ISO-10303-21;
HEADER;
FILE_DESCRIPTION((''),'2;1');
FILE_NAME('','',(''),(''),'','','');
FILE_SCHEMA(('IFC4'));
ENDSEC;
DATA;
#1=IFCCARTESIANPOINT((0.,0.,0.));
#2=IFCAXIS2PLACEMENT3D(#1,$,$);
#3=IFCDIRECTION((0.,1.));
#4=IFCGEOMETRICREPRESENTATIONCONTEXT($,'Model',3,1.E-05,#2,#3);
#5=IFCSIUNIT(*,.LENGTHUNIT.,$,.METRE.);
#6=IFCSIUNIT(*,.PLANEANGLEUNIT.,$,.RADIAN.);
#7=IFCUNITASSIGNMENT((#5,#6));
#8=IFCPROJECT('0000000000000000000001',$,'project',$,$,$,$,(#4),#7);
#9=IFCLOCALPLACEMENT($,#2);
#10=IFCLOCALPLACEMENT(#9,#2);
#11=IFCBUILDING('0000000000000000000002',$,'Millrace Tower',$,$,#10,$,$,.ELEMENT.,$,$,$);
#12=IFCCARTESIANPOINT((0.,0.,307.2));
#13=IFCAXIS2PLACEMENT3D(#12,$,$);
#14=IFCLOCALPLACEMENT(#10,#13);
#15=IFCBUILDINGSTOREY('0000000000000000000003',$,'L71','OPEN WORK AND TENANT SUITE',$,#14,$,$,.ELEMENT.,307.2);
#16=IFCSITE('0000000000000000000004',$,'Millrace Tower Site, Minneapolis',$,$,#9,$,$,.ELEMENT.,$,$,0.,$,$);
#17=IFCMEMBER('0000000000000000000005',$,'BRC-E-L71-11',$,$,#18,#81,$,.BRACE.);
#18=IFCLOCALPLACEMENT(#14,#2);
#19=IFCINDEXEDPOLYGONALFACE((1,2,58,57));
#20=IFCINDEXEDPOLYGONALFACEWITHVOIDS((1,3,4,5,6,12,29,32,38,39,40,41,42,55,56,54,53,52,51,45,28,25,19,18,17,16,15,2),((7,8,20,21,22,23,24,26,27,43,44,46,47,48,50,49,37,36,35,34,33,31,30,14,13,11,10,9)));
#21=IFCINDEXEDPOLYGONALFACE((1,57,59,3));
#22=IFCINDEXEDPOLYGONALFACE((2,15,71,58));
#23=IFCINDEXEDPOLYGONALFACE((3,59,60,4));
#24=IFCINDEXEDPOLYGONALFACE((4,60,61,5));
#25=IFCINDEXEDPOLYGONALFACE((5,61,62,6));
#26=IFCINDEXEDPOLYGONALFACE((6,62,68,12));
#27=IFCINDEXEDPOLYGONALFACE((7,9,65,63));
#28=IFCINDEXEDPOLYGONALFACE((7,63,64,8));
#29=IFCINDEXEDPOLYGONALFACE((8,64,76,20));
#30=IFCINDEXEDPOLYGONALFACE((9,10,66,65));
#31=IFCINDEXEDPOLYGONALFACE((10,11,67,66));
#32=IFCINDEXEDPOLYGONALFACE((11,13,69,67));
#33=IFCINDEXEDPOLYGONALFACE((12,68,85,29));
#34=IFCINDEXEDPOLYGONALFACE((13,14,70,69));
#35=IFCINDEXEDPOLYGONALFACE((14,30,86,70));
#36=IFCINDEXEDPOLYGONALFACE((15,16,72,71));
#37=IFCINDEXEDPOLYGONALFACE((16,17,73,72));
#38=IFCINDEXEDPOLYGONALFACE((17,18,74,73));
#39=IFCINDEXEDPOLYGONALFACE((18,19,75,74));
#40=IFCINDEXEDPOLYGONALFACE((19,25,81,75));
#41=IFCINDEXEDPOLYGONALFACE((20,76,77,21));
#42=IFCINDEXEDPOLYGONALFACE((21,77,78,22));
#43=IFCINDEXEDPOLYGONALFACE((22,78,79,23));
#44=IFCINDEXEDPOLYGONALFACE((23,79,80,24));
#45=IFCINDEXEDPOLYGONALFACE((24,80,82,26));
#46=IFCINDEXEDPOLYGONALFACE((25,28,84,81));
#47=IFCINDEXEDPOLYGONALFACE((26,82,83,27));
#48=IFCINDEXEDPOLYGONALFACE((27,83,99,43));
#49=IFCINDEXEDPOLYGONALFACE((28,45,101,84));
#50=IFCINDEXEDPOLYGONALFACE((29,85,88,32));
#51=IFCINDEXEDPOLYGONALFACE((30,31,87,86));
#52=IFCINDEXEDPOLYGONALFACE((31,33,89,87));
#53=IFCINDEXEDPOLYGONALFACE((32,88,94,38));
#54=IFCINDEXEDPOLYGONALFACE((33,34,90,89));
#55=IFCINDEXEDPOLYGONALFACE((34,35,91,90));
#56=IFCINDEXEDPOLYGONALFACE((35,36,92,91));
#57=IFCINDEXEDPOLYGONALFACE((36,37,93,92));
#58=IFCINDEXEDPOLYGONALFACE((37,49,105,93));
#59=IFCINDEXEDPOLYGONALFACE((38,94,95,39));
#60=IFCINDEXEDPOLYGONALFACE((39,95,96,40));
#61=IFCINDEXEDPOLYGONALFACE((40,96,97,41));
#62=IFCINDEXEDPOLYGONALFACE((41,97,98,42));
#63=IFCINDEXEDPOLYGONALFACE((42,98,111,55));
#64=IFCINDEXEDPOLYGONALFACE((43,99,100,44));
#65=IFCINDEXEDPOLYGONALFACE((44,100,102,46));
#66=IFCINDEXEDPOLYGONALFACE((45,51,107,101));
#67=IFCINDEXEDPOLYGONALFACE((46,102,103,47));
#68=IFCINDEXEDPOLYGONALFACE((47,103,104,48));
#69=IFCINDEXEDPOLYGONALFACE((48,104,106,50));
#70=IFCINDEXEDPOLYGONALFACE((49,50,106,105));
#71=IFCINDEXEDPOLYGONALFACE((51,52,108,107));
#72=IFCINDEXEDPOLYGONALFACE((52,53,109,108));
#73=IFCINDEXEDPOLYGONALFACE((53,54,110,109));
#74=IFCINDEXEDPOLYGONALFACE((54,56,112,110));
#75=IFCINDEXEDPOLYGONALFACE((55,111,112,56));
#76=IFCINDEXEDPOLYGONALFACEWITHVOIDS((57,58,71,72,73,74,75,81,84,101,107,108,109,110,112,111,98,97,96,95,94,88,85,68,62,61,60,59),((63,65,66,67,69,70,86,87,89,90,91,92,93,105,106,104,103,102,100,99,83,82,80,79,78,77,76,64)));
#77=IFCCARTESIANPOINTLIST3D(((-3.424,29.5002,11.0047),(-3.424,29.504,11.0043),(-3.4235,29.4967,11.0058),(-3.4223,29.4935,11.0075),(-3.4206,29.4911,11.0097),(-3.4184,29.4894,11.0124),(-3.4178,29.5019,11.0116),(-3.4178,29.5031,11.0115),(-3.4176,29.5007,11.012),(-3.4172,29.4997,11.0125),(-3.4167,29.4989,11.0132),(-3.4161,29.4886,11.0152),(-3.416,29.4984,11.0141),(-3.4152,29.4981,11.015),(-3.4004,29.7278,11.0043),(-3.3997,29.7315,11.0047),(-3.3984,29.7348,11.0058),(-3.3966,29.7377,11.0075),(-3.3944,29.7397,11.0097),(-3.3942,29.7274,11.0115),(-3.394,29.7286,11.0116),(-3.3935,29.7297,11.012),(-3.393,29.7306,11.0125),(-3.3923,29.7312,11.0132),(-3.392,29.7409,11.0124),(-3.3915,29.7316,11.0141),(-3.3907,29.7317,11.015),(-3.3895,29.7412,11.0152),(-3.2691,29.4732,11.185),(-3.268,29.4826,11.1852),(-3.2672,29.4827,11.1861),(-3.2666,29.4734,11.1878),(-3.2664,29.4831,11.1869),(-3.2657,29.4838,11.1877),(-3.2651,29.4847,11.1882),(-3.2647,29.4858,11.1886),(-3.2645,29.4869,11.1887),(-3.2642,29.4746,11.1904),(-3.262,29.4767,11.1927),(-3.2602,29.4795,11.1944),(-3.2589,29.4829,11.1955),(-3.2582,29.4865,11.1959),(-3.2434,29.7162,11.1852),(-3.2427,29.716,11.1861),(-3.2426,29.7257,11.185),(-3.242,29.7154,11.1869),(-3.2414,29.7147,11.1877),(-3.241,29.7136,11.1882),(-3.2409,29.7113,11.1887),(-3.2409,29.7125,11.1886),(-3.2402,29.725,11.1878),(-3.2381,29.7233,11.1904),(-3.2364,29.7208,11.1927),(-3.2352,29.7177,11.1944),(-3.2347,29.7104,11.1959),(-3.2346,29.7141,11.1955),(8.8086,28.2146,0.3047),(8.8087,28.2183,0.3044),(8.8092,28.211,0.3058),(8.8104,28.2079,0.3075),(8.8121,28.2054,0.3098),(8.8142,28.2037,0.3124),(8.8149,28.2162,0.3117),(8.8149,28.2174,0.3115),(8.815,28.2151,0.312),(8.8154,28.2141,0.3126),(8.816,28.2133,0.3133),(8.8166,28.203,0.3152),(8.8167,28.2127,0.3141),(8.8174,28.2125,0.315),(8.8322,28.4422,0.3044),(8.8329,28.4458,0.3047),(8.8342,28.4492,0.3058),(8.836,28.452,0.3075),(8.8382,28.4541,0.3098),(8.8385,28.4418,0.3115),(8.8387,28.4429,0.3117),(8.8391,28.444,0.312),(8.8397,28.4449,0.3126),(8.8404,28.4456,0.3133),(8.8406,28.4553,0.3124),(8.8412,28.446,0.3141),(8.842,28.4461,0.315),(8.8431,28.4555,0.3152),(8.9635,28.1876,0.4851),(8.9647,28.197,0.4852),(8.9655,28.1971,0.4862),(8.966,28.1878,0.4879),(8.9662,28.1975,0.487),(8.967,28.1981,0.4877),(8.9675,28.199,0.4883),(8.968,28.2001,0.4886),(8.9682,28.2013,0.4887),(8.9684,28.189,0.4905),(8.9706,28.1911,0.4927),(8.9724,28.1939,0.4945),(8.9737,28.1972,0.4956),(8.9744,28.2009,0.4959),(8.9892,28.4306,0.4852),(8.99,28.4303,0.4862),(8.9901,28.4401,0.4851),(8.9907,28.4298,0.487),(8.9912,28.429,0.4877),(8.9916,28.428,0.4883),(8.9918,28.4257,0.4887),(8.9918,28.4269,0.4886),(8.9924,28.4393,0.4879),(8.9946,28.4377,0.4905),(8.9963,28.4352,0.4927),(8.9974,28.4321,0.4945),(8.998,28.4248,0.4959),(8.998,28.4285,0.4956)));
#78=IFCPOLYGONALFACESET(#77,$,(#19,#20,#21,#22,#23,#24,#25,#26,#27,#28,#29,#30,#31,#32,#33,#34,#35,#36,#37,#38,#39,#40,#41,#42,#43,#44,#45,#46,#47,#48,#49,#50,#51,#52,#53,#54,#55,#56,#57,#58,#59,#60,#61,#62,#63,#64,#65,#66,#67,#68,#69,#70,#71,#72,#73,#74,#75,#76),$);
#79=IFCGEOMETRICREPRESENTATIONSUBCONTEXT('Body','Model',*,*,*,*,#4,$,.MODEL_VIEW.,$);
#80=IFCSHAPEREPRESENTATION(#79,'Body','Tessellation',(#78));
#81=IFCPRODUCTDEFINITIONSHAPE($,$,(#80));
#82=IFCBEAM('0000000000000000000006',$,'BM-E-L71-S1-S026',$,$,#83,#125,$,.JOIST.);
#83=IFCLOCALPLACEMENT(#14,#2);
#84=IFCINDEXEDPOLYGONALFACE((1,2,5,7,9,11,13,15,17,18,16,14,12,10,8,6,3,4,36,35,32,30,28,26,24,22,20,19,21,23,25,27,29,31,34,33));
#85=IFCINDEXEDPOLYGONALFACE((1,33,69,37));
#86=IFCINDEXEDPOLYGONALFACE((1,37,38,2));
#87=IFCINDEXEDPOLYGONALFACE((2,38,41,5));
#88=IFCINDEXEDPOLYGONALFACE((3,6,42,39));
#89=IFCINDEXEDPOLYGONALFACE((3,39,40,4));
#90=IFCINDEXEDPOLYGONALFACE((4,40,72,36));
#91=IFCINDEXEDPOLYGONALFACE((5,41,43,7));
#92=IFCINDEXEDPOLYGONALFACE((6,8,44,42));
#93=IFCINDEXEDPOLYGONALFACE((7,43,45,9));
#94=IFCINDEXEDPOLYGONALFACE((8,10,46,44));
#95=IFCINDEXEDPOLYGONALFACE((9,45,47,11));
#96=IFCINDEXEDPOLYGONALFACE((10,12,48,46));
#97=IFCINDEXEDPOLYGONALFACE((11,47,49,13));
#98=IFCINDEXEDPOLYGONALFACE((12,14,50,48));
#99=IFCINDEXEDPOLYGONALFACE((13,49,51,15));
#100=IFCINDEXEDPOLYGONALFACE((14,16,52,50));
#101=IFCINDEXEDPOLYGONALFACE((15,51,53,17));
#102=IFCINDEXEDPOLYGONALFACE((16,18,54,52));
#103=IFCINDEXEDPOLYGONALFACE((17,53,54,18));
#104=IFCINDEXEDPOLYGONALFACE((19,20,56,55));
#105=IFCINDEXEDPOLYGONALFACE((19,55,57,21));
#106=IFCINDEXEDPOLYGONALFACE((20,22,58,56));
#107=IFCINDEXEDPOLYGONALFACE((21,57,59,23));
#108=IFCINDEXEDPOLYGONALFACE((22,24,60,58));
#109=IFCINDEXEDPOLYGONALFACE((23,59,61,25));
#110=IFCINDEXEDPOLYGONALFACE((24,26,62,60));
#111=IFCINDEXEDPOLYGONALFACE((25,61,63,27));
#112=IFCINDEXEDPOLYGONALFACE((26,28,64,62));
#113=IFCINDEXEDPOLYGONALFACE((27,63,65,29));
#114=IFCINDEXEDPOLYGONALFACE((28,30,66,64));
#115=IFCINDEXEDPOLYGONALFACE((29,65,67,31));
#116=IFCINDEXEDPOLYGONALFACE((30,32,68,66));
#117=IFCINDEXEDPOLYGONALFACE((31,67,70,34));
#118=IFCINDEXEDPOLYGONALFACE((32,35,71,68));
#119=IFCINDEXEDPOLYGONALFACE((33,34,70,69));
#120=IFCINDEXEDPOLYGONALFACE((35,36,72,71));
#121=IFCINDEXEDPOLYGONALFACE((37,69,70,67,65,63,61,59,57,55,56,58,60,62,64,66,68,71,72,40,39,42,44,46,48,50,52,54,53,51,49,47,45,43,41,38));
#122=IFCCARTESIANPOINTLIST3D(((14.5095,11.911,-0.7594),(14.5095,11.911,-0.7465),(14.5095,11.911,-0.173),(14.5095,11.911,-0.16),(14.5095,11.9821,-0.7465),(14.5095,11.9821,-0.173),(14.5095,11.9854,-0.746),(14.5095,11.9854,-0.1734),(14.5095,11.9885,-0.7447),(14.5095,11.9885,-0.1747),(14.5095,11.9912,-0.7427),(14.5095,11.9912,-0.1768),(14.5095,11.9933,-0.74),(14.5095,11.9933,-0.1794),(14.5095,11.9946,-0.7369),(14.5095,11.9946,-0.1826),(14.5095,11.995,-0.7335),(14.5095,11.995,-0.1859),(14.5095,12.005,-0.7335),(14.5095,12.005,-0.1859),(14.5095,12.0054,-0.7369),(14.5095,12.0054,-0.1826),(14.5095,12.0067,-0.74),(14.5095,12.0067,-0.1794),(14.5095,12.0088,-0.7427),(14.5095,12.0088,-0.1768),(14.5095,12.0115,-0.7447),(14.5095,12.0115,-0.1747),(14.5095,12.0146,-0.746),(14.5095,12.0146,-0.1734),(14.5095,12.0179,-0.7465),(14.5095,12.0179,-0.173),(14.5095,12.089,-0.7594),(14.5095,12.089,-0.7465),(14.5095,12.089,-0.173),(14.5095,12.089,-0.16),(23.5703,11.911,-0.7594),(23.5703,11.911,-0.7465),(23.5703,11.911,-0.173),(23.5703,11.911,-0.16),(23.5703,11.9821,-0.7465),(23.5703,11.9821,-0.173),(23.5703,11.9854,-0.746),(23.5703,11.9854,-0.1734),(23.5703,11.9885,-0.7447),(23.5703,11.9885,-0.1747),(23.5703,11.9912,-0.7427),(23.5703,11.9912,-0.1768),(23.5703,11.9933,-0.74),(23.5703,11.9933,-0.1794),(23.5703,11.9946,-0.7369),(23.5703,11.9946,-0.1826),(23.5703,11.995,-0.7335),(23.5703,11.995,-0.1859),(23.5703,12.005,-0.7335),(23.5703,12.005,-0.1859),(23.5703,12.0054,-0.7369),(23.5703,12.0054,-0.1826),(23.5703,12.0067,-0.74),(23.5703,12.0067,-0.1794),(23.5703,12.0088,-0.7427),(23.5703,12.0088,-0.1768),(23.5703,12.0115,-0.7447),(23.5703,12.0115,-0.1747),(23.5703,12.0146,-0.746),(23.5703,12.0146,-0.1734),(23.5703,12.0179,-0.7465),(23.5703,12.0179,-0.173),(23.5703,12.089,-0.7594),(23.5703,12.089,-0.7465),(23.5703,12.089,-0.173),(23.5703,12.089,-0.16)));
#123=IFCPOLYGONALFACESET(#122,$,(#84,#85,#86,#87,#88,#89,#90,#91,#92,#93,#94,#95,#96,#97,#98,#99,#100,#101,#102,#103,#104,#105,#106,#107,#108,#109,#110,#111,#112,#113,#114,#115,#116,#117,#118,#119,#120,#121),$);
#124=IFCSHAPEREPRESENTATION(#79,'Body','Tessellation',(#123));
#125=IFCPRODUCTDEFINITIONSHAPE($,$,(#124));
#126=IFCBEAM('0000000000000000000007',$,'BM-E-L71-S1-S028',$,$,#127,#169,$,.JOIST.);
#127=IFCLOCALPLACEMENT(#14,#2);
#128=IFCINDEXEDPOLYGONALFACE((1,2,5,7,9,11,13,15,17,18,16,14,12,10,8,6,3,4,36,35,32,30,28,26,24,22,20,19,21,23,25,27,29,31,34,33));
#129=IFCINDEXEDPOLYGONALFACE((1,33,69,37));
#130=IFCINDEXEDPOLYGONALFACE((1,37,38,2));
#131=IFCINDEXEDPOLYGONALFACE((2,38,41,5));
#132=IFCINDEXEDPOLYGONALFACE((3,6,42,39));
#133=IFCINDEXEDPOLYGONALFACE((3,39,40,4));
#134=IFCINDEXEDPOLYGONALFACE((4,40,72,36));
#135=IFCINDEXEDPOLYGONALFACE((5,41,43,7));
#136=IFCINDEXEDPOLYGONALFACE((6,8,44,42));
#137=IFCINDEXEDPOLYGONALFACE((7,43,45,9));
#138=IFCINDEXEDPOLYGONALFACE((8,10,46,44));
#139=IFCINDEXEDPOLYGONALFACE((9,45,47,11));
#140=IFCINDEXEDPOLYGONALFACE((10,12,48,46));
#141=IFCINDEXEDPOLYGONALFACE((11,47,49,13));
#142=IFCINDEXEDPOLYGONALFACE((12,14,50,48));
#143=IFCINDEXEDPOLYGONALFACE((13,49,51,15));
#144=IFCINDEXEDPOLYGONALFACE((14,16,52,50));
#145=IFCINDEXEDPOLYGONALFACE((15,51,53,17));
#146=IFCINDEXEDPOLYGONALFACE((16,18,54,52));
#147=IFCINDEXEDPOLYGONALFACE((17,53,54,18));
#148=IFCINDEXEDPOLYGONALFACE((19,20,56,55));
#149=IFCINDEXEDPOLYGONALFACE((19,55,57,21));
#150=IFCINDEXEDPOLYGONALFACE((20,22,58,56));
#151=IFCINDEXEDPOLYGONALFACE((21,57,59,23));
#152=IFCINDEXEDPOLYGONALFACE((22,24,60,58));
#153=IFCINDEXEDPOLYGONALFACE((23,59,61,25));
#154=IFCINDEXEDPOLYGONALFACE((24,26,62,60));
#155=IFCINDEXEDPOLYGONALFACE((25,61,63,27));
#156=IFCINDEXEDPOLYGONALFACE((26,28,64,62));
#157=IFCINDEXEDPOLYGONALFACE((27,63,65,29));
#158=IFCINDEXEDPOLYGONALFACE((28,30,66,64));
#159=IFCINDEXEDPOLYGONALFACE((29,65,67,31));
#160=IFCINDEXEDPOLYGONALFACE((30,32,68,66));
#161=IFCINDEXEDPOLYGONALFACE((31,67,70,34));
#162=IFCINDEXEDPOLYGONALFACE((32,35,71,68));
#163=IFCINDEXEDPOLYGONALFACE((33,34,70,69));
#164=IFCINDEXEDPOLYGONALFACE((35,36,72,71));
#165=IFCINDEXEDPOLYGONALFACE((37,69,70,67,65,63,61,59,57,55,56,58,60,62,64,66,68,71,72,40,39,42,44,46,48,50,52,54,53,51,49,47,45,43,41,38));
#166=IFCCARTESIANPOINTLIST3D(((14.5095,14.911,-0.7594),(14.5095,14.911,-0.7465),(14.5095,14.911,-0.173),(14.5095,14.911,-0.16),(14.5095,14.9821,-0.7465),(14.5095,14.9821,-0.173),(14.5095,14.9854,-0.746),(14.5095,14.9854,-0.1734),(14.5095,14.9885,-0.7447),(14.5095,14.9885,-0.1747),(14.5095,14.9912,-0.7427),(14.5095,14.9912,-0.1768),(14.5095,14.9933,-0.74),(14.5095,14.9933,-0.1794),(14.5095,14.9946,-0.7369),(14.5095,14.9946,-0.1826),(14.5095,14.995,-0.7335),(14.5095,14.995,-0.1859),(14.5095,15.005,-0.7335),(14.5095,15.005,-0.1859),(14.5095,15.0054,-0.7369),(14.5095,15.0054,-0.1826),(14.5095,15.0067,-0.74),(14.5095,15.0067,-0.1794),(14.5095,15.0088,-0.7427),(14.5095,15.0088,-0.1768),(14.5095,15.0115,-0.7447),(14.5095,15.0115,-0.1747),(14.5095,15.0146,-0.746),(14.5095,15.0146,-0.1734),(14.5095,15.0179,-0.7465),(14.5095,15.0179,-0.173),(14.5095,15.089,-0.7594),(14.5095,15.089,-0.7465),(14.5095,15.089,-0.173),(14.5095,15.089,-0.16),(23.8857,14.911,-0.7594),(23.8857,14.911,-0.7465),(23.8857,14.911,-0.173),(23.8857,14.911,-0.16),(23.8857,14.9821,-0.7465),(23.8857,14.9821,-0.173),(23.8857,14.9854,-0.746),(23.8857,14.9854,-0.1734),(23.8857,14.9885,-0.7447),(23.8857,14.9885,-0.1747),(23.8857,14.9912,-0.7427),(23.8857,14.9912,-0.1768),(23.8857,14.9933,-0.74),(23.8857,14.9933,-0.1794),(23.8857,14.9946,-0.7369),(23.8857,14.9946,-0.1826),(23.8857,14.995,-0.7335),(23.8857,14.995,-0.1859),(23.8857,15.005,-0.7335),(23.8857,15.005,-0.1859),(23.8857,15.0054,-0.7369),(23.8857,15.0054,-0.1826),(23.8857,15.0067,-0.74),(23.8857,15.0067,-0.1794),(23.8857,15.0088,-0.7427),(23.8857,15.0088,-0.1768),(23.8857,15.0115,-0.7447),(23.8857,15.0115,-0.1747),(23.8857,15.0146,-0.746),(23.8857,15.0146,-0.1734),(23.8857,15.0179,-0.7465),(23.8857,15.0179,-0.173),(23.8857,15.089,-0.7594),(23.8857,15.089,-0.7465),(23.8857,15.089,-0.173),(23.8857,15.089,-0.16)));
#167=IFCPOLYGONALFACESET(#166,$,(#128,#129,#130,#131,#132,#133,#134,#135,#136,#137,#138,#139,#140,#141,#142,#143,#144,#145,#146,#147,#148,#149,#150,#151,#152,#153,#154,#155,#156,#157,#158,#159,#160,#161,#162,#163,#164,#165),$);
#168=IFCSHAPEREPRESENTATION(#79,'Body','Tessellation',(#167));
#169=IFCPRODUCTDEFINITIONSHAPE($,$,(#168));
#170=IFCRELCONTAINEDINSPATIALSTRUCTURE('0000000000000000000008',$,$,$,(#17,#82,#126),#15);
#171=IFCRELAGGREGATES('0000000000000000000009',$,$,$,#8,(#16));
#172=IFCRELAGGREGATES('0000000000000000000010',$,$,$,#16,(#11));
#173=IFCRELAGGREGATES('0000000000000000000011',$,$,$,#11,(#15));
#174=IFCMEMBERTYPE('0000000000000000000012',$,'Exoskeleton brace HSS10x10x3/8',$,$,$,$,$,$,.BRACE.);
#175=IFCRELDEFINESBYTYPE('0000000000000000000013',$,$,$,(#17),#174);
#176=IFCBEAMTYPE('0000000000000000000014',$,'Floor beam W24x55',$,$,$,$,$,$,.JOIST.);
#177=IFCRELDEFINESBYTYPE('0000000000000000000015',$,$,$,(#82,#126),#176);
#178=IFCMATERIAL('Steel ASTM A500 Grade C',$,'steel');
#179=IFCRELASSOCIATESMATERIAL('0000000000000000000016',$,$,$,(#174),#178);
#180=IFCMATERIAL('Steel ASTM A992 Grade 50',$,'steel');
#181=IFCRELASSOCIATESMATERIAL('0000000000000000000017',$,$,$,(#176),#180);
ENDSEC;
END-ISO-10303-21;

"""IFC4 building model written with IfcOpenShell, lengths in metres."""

from ifc_helpers import new_model, si_unit, direction, frame, origin, origin_2d, place, context, subcontext, project, spatial, hollow_rectangle, i_section, extrude, material, material_profile, profile_set, type_object, element, save


model = new_model("IFC4")

# Units and contexts
model_context = context("Model", 3, precision=1e-05, world=origin(), true_north=direction((0.0, 1.0)))
body_context = subcontext(model_context, "Body", "Model", "MODEL_VIEW")
ifc_project = project(units=[si_unit("LENGTHUNIT", "METRE"), si_unit("PLANEANGLEUNIT", "RADIAN")], contexts=[model_context])

# Site, building, storey
site_placement = place(None, origin())
site = spatial("IfcSite", under=ifc_project, at=site_placement, Name="Millrace Tower Site, Minneapolis", CompositionType="ELEMENT", RefElevation=0.0)
building_placement = place(site_placement, origin())
building = spatial("IfcBuilding", under=site, at=building_placement, Name="Millrace Tower", CompositionType="ELEMENT")
storey_placement = place(building_placement, frame((0.0, 0.0, 307.2)))
storey = spatial("IfcBuildingStorey", under=building, at=storey_placement, Name="L71", Description="OPEN WORK AND TENANT SUITE", CompositionType="ELEMENT", Elevation=307.2)

# Member
ifc_material_1 = material(Name="Steel ASTM A500 Grade C", Category="steel")
ifc_material_profile_1 = material_profile(ifc_material_1, hollow_rectangle(XDim=0.2539, YDim=0.2539, WallThickness=0.0095, InnerFilletRadius=0.0046, OuterFilletRadius=0.0144, at=origin_2d()))
ifc_profile_set_1 = profile_set([ifc_material_profile_1], Name="Steel ASTM A500 Grade C")
member_type_1 = type_object("IfcMemberType", Name="Exoskeleton brace HSS10x10x3/8", PredefinedType="BRACE", material=ifc_profile_set_1)
member_1_placement = place(storey_placement, frame((8.9033, 28.3215, 0.4001), z_axis=(-0.750343, 0.078861, 0.656328), x_axis=(-0.104524, -0.994522, 0.0)))
element("IfcMember", 1, at=member_1_placement, inside=storey, type_object=member_type_1, Name="BRC-E-L71-11", PredefinedType="BRACE", context=body_context, shape_type="SweptSolid", body=[
    extrude(hollow_rectangle(XDim=0.2539, YDim=0.2539, WallThickness=0.0095, InnerFilletRadius=0.0046, OuterFilletRadius=0.0144, at=origin_2d()), origin(), (0.0, 0.0, 1.0), 16.3027),
])

# Beams
ifc_material_2 = material(Name="Steel ASTM A992 Grade 50", Category="steel")
ifc_material_profile_2 = material_profile(ifc_material_2, i_section(OverallWidth=0.178, OverallDepth=0.5994, WebThickness=0.01, FlangeThickness=0.0129, FilletRadius=0.0129, at=origin_2d()))
ifc_profile_set_2 = profile_set([ifc_material_profile_2], Name="Steel ASTM A992 Grade 50")
beam_type_1 = type_object("IfcBeamType", Name="Floor beam W24x55", PredefinedType="JOIST", material=ifc_profile_set_2)
beam_1_placement = place(storey_placement, frame((14.5095, 12.0, -0.4597), z_axis=(1.0, 0.0, 0.0), x_axis=(0.0, 1.0, 0.0)))
element("IfcBeam", 2, at=beam_1_placement, inside=storey, type_object=beam_type_1, Name="BM-E-L71-S1-S026", PredefinedType="JOIST", context=body_context, shape_type="SweptSolid", body=[
    extrude(i_section(OverallWidth=0.178, OverallDepth=0.5994, WebThickness=0.01, FlangeThickness=0.0129, FilletRadius=0.0129, at=origin_2d()), origin(), (0.0, 0.0, 1.0), 9.0608),
])
beam_2_placement = place(storey_placement, frame((14.5095, 15.0, -0.4597), z_axis=(1.0, 0.0, 0.0), x_axis=(0.0, 1.0, 0.0)))
element("IfcBeam", 3, at=beam_2_placement, inside=storey, type_object=beam_type_1, Name="BM-E-L71-S1-S028", PredefinedType="JOIST", context=body_context, shape_type="SweptSolid", body=[
    extrude(i_section(OverallWidth=0.178, OverallDepth=0.5994, WebThickness=0.01, FlangeThickness=0.0129, FilletRadius=0.0129, at=origin_2d()), origin(), (0.0, 0.0, 1.0), 9.3762),
])

save(model, "model.ifc")
